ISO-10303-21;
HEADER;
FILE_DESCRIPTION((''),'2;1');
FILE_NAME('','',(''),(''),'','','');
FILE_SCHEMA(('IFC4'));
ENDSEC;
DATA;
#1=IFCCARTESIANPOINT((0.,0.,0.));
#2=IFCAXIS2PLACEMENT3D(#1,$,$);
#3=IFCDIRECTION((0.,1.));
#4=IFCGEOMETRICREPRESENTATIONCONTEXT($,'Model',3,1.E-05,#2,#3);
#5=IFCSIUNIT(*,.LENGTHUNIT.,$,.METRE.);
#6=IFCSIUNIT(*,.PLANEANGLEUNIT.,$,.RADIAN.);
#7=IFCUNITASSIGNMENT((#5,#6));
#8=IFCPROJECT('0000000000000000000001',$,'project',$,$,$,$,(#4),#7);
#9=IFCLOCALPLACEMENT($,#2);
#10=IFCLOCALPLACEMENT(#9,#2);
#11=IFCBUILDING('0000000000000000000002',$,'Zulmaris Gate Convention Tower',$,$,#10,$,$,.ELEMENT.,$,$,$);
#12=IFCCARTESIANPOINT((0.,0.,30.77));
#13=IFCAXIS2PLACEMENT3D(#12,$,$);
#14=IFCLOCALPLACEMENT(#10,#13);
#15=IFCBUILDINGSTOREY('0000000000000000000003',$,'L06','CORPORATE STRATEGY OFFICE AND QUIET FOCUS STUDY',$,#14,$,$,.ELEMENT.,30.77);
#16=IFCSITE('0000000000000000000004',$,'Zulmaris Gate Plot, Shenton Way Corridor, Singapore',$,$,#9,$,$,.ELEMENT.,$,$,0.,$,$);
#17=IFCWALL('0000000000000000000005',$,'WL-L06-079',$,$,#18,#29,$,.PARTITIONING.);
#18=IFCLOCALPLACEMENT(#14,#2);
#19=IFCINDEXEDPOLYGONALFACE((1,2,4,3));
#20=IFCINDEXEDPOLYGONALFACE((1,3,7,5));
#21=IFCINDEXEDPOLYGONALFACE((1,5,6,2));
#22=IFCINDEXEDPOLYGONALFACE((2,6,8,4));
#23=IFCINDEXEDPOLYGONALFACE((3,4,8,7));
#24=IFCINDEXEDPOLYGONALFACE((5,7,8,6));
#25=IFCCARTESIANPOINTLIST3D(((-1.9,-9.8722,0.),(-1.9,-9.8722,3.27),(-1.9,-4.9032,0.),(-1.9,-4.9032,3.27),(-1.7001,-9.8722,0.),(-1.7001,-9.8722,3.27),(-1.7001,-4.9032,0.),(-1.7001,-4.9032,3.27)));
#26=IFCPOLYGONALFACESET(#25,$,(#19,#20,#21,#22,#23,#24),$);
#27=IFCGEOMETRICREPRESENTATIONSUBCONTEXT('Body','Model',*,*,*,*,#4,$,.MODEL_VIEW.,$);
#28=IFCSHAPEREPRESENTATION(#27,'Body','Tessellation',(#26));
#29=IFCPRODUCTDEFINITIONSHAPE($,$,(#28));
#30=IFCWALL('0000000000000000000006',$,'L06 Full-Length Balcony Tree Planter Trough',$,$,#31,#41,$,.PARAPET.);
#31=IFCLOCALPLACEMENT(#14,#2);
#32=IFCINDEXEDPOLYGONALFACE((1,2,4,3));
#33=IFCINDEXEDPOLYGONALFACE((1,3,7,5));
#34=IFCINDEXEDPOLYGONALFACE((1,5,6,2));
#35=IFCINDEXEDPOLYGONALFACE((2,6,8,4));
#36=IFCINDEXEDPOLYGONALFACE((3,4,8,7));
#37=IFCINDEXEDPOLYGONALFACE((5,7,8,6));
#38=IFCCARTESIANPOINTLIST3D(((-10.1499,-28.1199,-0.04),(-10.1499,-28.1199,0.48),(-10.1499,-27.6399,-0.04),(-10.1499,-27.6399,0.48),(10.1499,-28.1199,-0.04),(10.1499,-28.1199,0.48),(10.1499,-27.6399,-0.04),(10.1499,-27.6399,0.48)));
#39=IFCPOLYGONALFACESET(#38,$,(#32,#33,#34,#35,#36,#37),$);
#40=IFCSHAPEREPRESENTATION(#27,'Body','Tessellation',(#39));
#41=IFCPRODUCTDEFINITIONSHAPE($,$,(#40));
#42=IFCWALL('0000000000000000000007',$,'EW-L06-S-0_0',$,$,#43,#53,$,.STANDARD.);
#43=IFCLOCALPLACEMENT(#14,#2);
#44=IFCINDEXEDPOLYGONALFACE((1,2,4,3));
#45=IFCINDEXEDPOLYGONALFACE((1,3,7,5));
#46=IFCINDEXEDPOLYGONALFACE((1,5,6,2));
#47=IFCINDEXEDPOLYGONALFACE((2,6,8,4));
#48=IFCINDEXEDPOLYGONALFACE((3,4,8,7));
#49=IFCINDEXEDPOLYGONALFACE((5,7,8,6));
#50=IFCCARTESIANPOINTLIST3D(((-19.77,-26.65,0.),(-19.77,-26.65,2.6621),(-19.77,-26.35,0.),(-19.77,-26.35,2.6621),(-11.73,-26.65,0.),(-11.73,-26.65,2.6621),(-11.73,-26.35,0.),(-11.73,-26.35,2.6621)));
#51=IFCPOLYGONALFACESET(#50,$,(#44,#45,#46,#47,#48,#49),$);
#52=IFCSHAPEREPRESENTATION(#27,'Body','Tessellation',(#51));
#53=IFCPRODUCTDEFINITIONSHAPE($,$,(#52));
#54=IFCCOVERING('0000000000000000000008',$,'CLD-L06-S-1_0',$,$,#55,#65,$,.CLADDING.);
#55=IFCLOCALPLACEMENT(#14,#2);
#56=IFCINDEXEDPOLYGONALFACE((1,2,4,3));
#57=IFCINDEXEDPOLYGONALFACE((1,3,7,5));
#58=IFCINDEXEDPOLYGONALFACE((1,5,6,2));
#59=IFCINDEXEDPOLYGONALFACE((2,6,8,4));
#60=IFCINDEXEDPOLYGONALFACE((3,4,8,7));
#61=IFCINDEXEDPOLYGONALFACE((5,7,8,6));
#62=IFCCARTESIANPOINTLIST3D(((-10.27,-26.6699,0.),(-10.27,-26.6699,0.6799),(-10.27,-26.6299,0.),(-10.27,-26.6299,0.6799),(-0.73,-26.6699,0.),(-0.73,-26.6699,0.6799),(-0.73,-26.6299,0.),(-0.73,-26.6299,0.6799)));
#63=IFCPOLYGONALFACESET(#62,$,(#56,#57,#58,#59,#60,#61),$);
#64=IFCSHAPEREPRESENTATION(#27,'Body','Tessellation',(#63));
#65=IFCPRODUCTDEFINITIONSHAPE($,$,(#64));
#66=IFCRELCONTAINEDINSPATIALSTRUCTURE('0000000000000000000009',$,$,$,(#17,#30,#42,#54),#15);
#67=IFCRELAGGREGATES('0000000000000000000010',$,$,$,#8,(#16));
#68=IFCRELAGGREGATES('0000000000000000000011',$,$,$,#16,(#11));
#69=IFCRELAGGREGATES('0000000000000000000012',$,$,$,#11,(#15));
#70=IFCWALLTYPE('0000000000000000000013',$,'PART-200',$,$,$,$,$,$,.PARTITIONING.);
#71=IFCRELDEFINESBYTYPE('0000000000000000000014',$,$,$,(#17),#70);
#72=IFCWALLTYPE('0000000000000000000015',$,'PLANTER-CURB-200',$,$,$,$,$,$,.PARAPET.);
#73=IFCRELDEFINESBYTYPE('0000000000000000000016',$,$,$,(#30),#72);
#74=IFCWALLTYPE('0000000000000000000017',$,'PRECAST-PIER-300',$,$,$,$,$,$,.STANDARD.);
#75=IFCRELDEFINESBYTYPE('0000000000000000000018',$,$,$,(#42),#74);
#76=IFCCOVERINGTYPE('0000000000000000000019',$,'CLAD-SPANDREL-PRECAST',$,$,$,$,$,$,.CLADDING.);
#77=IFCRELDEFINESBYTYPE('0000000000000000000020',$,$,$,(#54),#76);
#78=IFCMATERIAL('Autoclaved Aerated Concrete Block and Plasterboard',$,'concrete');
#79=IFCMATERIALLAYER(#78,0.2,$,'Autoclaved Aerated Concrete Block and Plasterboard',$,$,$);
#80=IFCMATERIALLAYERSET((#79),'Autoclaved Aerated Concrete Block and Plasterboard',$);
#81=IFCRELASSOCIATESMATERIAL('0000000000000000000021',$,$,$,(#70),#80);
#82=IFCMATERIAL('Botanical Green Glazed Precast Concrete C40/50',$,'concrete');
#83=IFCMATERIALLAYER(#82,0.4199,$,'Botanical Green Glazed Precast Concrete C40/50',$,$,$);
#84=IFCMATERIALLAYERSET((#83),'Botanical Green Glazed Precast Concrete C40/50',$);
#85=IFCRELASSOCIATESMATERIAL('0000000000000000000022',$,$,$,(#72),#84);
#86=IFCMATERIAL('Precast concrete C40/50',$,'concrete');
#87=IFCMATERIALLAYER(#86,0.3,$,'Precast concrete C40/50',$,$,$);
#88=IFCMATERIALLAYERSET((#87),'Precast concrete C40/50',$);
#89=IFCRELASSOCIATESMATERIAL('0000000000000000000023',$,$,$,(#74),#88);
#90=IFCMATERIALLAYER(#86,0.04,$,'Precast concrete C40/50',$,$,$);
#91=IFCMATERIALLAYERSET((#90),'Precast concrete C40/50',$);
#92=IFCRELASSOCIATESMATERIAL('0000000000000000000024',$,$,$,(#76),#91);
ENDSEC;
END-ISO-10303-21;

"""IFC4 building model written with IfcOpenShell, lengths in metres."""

from ifc_helpers import new_model, si_unit, direction, frame, frame_2d, origin, place, context, subcontext, project, spatial, rectangle, extrude, material, layer, layer_set, type_object, element, save


model = new_model("IFC4")

# Units and contexts
model_context = context("Model", 3, precision=1e-05, world=origin(), true_north=direction((0.0, 1.0)))
body_context = subcontext(model_context, "Body", "Model", "MODEL_VIEW")
ifc_project = project(units=[si_unit("LENGTHUNIT", "METRE"), si_unit("PLANEANGLEUNIT", "RADIAN")], contexts=[model_context])

# Site, building, storey
site_placement = place(None, origin())
site = spatial("IfcSite", under=ifc_project, at=site_placement, Name="Zulmaris Gate Plot, Shenton Way Corridor, Singapore", CompositionType="ELEMENT", RefElevation=0.0)
building_placement = place(site_placement, origin())
building = spatial("IfcBuilding", under=site, at=building_placement, Name="Zulmaris Gate Convention Tower", CompositionType="ELEMENT")
storey_placement = place(building_placement, frame((0.0, 0.0, 30.77)))
storey = spatial("IfcBuildingStorey", under=building, at=storey_placement, Name="L06", Description="CORPORATE STRATEGY OFFICE AND QUIET FOCUS STUDY", CompositionType="ELEMENT", Elevation=30.77)

# Walls
ifc_material_1 = material(Name="Autoclaved Aerated Concrete Block and Plasterboard", Category="concrete")
ifc_layer_1 = layer(ifc_material_1, 0.2, Name="Autoclaved Aerated Concrete Block and Plasterboard")
ifc_layer_set_1 = layer_set([ifc_layer_1], Name="Autoclaved Aerated Concrete Block and Plasterboard")
wall_type_1 = type_object("IfcWallType", Name="PART-200", PredefinedType="PARTITIONING", material=ifc_layer_set_1)
wall_1_placement = place(storey_placement, frame((-1.8, -9.8721, 0.0), z_axis=(0.0, 0.0, 1.0), x_axis=(0.0, 1.0, 0.0)))
element("IfcWall", 1, at=wall_1_placement, inside=storey, type_object=wall_type_1, Name="WL-L06-079", PredefinedType="PARTITIONING", context=body_context, shape_type="SweptSolid", body=[
    extrude(rectangle(XDim=4.969, YDim=0.2, at=frame_2d((2.4844, 0.0))), origin(), (0.0, 0.0, 1.0), 3.27),
])
ifc_material_2 = material(Name="Botanical Green Glazed Precast Concrete C40/50", Category="concrete")
ifc_layer_2 = layer(ifc_material_2, 0.4199, Name="Botanical Green Glazed Precast Concrete C40/50")
ifc_layer_set_2 = layer_set([ifc_layer_2], Name="Botanical Green Glazed Precast Concrete C40/50")
wall_type_2 = type_object("IfcWallType", Name="PLANTER-CURB-200", PredefinedType="PARAPET", material=ifc_layer_set_2)
wall_2_placement = place(storey_placement, frame((-10.1499, -27.8799, -0.04), z_axis=(0.0, 0.0, 1.0), x_axis=(1.0, 0.0, 0.0)))
element("IfcWall", 2, at=wall_2_placement, inside=storey, type_object=wall_type_2, Name="L06 Full-Length Balcony Tree Planter Trough", PredefinedType="PARAPET", context=body_context, shape_type="SweptSolid", body=[
    extrude(rectangle(XDim=20.2998, YDim=0.48, at=frame_2d((10.1499, 0.0))), origin(), (0.0, 0.0, 1.0), 0.52),
])
ifc_material_3 = material(Name="Precast concrete C40/50", Category="concrete")
ifc_layer_3 = layer(ifc_material_3, 0.3, Name="Precast concrete C40/50")
ifc_layer_set_3 = layer_set([ifc_layer_3], Name="Precast concrete C40/50")
wall_type_3 = type_object("IfcWallType", Name="PRECAST-PIER-300", PredefinedType="STANDARD", material=ifc_layer_set_3)
wall_3_placement = place(storey_placement, frame((-19.77, -26.5, 0.0), z_axis=(0.0, 0.0, 1.0), x_axis=(1.0, 0.0, 0.0)))
element("IfcWall", 3, at=wall_3_placement, inside=storey, type_object=wall_type_3, Name="EW-L06-S-0_0", PredefinedType="STANDARD", context=body_context, shape_type="SweptSolid", body=[
    extrude(rectangle(XDim=8.04, YDim=0.3, at=frame_2d((4.02, 0.0))), origin(), (0.0, 0.0, 1.0), 2.6621),
])

# Covering
ifc_layer_4 = layer(ifc_material_3, 0.04, Name="Precast concrete C40/50")
ifc_layer_set_4 = layer_set([ifc_layer_4], Name="Precast concrete C40/50")
covering_type = type_object("IfcCoveringType", Name="CLAD-SPANDREL-PRECAST", PredefinedType="CLADDING", material=ifc_layer_set_4)
covering_placement = place(storey_placement, frame((-10.27, -26.6499, 0.0), z_axis=(0.0, 0.0, 1.0), x_axis=(1.0, 0.0, 0.0)))
element("IfcCovering", 4, at=covering_placement, inside=storey, type_object=covering_type, Name="CLD-L06-S-1_0", PredefinedType="CLADDING", context=body_context, shape_type="SweptSolid", body=[
    extrude(rectangle(XDim=9.54, YDim=0.04, at=frame_2d((4.77, 0.0))), origin(), (0.0, 0.0, 1.0), 0.6799),
])

save(model, "model.ifc")
